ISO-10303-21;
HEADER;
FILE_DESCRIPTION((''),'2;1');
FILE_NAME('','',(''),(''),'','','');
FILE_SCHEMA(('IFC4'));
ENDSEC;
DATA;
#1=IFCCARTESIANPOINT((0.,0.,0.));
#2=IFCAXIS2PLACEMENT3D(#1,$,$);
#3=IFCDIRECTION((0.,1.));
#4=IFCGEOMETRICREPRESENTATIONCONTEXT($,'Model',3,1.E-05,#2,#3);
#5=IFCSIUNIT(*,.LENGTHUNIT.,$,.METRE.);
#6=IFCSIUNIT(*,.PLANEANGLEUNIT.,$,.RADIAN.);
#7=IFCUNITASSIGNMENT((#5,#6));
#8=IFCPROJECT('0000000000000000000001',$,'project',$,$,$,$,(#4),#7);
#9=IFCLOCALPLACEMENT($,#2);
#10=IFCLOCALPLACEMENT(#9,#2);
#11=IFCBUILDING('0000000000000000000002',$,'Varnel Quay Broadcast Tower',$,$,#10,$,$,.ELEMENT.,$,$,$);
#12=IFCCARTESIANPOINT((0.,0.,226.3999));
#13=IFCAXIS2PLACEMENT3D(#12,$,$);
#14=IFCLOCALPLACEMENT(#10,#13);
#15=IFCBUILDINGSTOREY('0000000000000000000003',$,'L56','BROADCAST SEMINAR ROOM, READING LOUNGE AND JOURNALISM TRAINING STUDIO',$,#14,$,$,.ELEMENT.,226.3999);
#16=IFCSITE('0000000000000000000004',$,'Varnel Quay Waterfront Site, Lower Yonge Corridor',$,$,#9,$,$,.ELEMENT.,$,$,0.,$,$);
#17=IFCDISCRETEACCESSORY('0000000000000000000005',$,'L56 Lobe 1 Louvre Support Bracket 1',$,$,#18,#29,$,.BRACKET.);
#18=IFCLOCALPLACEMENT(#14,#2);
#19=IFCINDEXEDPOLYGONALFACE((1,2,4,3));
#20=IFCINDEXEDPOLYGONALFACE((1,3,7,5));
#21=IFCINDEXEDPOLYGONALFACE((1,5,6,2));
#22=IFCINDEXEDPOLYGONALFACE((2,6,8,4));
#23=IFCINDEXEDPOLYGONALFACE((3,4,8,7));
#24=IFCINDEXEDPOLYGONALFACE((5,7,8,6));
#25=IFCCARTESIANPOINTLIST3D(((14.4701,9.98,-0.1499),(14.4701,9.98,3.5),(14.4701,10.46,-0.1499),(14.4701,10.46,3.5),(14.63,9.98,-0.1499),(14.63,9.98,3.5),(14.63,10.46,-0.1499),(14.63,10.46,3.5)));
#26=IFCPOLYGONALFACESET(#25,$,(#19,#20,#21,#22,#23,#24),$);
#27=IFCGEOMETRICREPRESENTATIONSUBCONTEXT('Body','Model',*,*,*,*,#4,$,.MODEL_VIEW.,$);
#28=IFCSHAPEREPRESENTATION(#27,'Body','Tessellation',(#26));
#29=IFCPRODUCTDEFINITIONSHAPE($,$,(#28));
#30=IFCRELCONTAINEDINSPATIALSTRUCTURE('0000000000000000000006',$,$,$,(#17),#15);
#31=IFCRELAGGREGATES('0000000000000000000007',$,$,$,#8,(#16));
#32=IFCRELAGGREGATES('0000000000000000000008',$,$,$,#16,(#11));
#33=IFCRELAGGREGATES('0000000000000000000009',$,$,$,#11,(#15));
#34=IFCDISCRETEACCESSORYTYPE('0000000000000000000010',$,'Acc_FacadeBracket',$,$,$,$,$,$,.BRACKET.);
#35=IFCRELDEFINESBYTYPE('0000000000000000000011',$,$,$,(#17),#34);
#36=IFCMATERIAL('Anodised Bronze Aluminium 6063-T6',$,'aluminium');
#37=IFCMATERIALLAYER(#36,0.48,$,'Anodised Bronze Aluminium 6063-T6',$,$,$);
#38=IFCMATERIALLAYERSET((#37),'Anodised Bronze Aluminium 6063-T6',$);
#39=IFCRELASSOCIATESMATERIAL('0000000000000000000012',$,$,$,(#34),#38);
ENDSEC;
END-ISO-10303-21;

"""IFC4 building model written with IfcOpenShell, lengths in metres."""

from ifc_helpers import new_model, si_unit, direction, frame, origin, origin_2d, place, context, subcontext, project, spatial, rectangle, extrude, source, transform, mapped, material, layer, layer_set, type_object, type_shapes, element, save


model = new_model("IFC4")

# Units and contexts
model_context = context("Model", 3, precision=1e-05, world=origin(), true_north=direction((0.0, 1.0)))
body_context = subcontext(model_context, "Body", "Model", "MODEL_VIEW")
ifc_project = project(units=[si_unit("LENGTHUNIT", "METRE"), si_unit("PLANEANGLEUNIT", "RADIAN")], contexts=[model_context])

# Site, building, storey
site_placement = place(None, origin())
site = spatial("IfcSite", under=ifc_project, at=site_placement, Name="Varnel Quay Waterfront Site, Lower Yonge Corridor", CompositionType="ELEMENT", RefElevation=0.0)
building_placement = place(site_placement, origin())
building = spatial("IfcBuilding", under=site, at=building_placement, Name="Varnel Quay Broadcast Tower", CompositionType="ELEMENT")
storey_placement = place(building_placement, frame((0.0, 0.0, 226.3999)))
storey = spatial("IfcBuildingStorey", under=building, at=storey_placement, Name="L56", Description="BROADCAST SEMINAR ROOM, READING LOUNGE AND JOURNALISM TRAINING STUDIO", CompositionType="ELEMENT", Elevation=226.3999)

# Shared definitions
ifc_material_1 = material(Name="Anodised Bronze Aluminium 6063-T6", Category="aluminium")

# Discrete accessory
ifc_layer_1 = layer(ifc_material_1, 0.48, Name="Anodised Bronze Aluminium 6063-T6")
ifc_layer_set_1 = layer_set([ifc_layer_1], Name="Anodised Bronze Aluminium 6063-T6")
discrete_accessory_type = type_object("IfcDiscreteAccessoryType", Name="Acc_FacadeBracket", PredefinedType="BRACKET", material=ifc_layer_set_1)
shared_shape_1 = source(origin(), body_context, "Body", "SweptSolid", [
    extrude(rectangle(XDim=0.1599, YDim=0.48, at=origin_2d()), origin(), (0.0, 0.0, 1.0), 3.6499),
])
type_shapes(discrete_accessory_type, [shared_shape_1])
discrete_accessory_placement = place(storey_placement, frame((14.55, 10.22, -0.1499), z_axis=(0.0, 0.0, 1.0), x_axis=(1.0, 0.0, 0.0)))
element("IfcDiscreteAccessory", 1, at=discrete_accessory_placement, inside=storey, type_object=discrete_accessory_type, Name="L56 Lobe 1 Louvre Support Bracket 1", PredefinedType="BRACKET", context=body_context, shape_type="MappedRepresentation", body=[
    mapped(shared_shape_1, transform((0.0, 0.0, 0.0), x_axis=(1.0, 0.0, 0.0), y_axis=(0.0, 1.0, 0.0), z_axis=(0.0, 0.0, 1.0), scale=1.0)),
])

save(model, "model.ifc")
